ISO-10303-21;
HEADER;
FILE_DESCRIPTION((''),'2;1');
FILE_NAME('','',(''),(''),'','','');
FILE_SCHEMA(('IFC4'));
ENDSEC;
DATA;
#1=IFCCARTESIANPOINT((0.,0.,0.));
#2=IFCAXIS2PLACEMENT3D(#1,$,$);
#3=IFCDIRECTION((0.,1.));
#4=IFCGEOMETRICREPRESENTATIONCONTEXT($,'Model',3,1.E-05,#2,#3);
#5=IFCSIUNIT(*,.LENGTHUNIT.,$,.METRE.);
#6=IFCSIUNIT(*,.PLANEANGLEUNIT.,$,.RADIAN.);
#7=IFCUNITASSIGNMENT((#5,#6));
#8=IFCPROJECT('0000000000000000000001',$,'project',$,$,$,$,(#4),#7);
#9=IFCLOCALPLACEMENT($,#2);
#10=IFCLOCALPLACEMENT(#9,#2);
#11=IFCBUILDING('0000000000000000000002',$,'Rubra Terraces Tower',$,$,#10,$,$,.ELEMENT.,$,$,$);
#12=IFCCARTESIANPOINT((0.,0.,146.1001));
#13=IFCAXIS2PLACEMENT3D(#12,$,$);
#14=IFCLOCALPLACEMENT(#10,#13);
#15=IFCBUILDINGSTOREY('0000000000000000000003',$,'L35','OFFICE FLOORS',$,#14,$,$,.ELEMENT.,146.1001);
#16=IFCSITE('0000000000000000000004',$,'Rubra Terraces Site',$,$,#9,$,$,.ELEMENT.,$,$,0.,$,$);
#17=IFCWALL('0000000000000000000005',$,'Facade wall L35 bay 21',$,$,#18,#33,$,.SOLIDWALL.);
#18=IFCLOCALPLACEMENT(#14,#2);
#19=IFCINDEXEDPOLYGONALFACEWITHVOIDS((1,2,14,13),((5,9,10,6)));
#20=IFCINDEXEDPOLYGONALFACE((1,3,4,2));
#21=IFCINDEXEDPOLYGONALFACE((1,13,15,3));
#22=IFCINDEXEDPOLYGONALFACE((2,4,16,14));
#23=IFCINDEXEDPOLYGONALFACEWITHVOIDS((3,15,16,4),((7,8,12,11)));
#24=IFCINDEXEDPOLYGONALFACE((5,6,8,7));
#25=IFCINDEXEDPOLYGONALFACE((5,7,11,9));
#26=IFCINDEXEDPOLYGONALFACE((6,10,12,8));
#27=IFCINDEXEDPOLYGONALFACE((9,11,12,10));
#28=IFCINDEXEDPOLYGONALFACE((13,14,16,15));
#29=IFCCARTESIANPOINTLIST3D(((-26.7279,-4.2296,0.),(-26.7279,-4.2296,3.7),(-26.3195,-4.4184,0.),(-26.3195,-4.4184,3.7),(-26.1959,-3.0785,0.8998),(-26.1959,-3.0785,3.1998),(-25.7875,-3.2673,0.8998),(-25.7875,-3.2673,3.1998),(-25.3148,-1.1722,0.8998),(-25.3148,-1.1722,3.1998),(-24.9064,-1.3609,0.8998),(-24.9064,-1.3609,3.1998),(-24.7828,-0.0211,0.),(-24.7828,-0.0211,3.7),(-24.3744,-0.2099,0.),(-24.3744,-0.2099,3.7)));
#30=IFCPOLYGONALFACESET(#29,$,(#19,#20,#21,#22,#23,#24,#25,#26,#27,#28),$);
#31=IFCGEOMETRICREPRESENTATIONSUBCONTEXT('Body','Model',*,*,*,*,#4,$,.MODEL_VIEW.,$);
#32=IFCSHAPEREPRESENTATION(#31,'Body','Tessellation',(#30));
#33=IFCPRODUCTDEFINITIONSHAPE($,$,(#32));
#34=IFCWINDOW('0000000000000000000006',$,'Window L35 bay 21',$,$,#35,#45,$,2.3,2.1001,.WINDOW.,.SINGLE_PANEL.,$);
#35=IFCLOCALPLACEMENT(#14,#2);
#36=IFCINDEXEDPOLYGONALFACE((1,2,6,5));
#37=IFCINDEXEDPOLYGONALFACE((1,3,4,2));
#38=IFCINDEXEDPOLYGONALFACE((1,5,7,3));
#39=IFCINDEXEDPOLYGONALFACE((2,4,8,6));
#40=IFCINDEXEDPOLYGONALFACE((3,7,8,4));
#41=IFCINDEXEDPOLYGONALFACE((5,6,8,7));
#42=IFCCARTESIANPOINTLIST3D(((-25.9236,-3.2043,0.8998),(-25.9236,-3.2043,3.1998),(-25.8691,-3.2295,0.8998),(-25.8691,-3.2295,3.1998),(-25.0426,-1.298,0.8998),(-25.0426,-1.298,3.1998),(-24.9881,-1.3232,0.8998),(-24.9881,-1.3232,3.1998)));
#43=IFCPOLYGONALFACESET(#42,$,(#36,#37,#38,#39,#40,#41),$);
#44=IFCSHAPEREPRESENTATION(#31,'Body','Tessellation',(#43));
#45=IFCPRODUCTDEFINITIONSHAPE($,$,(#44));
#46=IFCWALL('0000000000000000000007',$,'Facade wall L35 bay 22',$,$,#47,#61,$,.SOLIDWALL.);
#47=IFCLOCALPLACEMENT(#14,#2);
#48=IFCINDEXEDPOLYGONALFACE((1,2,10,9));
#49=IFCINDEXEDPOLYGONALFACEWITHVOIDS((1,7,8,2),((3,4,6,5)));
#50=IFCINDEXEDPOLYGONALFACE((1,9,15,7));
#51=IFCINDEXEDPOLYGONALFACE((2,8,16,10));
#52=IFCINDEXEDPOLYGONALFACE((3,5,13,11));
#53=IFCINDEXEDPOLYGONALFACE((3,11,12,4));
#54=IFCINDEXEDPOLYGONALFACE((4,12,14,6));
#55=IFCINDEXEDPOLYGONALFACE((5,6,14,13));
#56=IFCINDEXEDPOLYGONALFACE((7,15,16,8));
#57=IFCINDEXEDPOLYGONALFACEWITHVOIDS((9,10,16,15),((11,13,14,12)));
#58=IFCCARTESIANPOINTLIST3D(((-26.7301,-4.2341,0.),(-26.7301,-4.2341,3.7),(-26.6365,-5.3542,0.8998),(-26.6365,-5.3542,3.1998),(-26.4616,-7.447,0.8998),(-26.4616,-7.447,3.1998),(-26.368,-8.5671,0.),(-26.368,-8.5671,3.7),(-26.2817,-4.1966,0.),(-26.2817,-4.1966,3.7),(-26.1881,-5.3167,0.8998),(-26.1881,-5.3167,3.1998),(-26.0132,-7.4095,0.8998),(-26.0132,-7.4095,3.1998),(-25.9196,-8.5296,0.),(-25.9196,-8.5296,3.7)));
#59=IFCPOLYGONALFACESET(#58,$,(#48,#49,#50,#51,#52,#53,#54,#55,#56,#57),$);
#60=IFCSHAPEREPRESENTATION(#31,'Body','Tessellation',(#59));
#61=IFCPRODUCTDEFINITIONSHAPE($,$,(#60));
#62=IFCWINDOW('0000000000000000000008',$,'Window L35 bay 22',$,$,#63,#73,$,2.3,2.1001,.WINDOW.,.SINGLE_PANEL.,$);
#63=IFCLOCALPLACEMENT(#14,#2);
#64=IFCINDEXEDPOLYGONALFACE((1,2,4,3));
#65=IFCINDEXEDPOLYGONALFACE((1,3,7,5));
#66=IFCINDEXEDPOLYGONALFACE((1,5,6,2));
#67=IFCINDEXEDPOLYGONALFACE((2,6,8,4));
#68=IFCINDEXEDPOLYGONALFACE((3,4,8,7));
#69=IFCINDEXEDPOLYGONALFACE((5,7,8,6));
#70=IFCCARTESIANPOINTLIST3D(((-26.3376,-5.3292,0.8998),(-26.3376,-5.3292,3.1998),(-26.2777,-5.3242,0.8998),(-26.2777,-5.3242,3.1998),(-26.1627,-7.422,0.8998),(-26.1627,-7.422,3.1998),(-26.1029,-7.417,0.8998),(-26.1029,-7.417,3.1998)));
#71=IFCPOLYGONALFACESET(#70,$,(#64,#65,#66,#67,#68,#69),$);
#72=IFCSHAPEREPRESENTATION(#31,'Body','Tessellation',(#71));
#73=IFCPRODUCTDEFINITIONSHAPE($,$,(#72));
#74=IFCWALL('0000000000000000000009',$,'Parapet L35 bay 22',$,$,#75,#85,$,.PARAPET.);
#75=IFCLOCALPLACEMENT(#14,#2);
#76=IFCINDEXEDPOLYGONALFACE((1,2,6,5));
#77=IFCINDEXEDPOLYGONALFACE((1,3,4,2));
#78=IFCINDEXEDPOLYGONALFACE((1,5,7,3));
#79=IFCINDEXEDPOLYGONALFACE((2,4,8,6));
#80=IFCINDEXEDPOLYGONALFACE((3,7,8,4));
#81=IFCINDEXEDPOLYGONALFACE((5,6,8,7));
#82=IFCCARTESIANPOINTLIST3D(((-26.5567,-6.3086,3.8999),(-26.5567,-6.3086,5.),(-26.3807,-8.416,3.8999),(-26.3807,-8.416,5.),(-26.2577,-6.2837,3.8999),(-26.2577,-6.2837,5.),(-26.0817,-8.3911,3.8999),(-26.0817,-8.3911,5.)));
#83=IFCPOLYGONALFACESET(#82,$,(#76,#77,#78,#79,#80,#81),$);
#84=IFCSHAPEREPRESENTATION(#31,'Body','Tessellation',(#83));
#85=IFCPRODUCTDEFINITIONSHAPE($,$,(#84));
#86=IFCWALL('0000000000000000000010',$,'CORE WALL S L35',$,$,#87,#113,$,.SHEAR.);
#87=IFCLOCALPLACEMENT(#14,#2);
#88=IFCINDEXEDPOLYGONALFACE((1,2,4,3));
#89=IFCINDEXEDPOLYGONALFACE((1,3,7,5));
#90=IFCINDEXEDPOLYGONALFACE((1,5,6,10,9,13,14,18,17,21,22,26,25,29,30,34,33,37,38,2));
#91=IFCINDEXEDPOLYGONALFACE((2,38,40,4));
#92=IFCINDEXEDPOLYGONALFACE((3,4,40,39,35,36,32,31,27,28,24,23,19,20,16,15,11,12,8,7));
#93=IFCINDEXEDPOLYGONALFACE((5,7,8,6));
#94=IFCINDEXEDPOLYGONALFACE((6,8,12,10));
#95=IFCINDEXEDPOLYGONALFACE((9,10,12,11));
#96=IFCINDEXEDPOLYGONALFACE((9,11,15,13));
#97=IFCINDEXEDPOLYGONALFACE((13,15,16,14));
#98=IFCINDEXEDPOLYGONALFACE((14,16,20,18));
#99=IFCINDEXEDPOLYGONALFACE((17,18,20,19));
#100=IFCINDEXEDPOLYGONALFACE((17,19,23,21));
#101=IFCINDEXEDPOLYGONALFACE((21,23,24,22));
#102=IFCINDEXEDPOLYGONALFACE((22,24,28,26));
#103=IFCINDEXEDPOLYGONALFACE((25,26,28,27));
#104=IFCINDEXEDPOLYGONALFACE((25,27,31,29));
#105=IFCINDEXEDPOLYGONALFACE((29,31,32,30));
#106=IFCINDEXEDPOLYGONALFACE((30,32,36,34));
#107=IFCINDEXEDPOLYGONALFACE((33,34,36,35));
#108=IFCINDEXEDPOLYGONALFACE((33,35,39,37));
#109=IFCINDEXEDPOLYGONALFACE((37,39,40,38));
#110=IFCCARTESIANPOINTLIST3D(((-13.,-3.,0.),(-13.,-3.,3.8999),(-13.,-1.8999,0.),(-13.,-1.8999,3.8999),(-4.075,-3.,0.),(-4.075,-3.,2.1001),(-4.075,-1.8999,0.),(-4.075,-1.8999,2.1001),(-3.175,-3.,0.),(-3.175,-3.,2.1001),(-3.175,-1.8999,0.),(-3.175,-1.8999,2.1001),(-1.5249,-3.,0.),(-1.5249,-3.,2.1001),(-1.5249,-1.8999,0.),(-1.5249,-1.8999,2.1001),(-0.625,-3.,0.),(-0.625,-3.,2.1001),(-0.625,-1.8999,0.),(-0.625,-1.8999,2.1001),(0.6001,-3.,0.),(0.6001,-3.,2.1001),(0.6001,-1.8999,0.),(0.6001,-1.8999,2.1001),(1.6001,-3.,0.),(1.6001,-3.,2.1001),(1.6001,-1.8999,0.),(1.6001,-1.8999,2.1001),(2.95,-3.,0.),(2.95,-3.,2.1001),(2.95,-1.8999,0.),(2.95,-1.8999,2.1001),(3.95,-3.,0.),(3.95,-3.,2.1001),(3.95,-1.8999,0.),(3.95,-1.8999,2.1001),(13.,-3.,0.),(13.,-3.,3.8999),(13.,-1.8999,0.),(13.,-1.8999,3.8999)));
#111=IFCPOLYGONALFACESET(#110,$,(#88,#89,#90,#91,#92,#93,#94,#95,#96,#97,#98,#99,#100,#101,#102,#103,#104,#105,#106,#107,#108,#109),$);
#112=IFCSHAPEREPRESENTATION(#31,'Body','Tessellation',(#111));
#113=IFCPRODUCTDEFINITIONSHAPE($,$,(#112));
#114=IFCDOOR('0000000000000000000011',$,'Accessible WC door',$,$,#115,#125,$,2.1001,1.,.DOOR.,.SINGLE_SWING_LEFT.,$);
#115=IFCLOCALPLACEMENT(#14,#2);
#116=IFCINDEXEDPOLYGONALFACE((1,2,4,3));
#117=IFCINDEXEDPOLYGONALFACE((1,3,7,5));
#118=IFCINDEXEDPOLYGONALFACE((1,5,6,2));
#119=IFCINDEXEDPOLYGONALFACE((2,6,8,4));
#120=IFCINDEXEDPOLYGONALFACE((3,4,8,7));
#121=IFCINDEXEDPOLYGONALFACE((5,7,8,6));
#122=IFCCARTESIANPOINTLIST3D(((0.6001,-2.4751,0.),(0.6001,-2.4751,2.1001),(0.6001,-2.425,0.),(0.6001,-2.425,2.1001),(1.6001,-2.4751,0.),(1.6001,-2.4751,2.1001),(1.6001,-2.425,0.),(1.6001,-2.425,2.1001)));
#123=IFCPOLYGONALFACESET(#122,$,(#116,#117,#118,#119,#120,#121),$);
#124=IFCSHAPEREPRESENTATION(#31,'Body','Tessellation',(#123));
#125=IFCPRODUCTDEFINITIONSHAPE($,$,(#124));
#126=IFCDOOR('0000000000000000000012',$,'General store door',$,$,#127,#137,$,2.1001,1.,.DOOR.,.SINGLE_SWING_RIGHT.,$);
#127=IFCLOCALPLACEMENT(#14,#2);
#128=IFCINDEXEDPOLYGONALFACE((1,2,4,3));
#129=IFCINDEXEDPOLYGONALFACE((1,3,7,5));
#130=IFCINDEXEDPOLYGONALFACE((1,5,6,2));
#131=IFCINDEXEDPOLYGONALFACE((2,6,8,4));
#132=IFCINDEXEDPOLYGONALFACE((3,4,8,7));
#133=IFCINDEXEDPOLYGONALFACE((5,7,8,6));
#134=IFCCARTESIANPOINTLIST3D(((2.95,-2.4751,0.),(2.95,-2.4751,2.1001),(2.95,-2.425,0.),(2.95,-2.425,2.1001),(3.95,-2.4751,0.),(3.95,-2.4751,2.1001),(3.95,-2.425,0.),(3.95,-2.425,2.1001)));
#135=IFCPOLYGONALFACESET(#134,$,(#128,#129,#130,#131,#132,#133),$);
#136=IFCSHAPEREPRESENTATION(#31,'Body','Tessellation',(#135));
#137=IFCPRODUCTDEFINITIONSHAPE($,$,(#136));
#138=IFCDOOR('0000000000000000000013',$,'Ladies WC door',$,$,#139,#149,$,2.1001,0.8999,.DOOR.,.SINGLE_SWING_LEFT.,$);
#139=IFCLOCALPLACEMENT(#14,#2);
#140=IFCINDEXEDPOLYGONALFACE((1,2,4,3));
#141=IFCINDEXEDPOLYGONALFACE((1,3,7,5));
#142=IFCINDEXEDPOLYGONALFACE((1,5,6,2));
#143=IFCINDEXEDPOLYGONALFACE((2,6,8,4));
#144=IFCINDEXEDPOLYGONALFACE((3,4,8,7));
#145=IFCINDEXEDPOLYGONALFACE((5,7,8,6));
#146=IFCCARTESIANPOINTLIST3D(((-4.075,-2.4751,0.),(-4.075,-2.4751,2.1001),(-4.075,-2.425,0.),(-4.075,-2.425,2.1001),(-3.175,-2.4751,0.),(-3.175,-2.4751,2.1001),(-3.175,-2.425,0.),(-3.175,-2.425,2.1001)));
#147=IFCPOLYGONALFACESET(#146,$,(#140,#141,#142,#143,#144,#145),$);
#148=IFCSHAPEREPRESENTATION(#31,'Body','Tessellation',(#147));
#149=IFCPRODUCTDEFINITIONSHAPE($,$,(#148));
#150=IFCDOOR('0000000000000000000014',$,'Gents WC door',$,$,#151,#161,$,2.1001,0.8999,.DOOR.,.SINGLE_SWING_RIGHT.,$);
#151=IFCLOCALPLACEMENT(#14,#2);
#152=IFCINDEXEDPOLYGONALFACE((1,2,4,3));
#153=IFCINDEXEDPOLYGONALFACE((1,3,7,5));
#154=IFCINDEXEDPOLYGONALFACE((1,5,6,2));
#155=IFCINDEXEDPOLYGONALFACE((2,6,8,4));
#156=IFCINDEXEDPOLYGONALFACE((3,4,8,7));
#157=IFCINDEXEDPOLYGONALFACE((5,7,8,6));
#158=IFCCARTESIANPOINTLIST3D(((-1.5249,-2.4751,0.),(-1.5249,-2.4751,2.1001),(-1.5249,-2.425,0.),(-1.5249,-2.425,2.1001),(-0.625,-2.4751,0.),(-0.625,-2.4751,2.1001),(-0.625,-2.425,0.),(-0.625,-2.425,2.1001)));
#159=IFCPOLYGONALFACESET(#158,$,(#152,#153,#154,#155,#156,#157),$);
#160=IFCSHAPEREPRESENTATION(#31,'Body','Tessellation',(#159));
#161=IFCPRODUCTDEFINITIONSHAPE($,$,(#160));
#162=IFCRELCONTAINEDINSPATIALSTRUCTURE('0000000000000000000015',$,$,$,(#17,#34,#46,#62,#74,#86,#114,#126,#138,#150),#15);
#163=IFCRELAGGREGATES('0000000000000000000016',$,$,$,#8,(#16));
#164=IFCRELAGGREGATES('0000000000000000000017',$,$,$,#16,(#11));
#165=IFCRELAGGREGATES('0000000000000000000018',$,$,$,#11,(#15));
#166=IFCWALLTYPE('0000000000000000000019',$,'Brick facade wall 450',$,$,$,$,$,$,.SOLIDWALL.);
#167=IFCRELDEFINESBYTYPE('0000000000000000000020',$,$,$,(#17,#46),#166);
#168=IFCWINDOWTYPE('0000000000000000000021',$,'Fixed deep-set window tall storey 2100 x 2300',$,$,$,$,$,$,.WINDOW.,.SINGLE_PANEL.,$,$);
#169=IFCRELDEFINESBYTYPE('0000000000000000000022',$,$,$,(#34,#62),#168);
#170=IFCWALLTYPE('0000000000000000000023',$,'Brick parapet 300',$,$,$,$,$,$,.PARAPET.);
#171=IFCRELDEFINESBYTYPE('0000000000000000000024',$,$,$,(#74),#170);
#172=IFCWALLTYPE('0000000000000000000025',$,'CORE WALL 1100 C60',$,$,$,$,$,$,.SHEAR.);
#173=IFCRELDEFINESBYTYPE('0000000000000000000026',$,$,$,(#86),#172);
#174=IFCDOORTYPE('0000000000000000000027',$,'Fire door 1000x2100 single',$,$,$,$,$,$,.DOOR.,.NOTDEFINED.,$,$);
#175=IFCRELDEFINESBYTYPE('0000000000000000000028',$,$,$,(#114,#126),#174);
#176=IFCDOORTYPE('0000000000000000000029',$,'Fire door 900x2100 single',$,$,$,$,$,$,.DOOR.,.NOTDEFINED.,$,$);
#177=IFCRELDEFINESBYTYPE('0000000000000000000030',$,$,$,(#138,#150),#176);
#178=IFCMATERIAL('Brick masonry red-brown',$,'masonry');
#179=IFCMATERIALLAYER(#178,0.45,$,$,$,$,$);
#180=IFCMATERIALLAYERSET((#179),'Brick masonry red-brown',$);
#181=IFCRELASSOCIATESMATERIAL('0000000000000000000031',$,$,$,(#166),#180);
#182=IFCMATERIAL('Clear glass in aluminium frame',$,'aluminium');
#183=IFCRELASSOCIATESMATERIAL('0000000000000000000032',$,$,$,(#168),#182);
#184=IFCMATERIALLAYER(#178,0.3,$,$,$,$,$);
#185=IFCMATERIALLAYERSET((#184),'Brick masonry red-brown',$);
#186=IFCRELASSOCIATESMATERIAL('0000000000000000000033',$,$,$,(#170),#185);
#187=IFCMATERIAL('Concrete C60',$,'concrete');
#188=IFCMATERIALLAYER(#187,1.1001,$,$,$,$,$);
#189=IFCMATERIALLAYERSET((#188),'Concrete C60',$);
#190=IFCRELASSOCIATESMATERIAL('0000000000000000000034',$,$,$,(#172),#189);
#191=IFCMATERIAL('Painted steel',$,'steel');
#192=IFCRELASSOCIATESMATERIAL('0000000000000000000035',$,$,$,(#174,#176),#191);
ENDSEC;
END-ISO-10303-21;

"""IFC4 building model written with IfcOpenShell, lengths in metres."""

from ifc_helpers import new_model, si_unit, direction, frame, frame_2d, origin, place, context, subcontext, project, spatial, rectangle, extrude, material, layer, layer_set, type_object, element, fill, save


model = new_model("IFC4")

# Units and contexts
model_context = context("Model", 3, precision=1e-05, world=origin(), true_north=direction((0.0, 1.0)))
body_context = subcontext(model_context, "Body", "Model", "MODEL_VIEW")
ifc_project = project(units=[si_unit("LENGTHUNIT", "METRE"), si_unit("PLANEANGLEUNIT", "RADIAN")], contexts=[model_context])

# Site, building, storey
site_placement = place(None, origin())
site = spatial("IfcSite", under=ifc_project, at=site_placement, Name="Rubra Terraces Site", CompositionType="ELEMENT", RefElevation=0.0)
building_placement = place(site_placement, origin())
building = spatial("IfcBuilding", under=site, at=building_placement, Name="Rubra Terraces Tower", CompositionType="ELEMENT")
storey_placement = place(building_placement, frame((0.0, 0.0, 146.1001)))
storey = spatial("IfcBuildingStorey", under=building, at=storey_placement, Name="L35", Description="OFFICE FLOORS", CompositionType="ELEMENT", Elevation=146.1001)

# Walls, openings, windows
ifc_material_1 = material(Name="Brick masonry red-brown", Category="masonry")
ifc_layer_1 = layer(ifc_material_1, 0.45)
ifc_layer_set_1 = layer_set([ifc_layer_1], Name="Brick masonry red-brown")
wall_type_1 = type_object("IfcWallType", Name="Brick facade wall 450", PredefinedType="SOLIDWALL", material=ifc_layer_set_1)
wall_1_placement = place(storey_placement, frame((-24.5786, -0.1155, 0.0), z_axis=(0.0, 0.0, 1.0), x_axis=(-0.419536, -0.907739, 0.0)))
wall_1 = element("IfcWall", 1, at=wall_1_placement, inside=storey, type_object=wall_type_1, Name="Facade wall L35 bay 21", PredefinedType="SOLIDWALL", context=body_context, shape_type="SweptSolid", body=[
    extrude(rectangle(XDim=4.6362, YDim=0.45, at=frame_2d((2.3181, 0.0))), origin(), (0.0, 0.0, 1.0), 3.7),
])
opening_1_placement = place(wall_1_placement, frame((1.2681, 0.0, 0.8999)))
opening_1 = element("IfcOpeningElement", 2, at=opening_1_placement, cuts=wall_1, PredefinedType="OPENING", context=body_context, shape_type="SweptSolid", body=[
    extrude(rectangle(XDim=2.1001, YDim=2.3, at=frame_2d((1.05, 1.1499))), frame((0.0, 0.2349, 0.0), z_axis=(0.0, -1.0, 0.0), x_axis=(1.0, 0.0, 0.0)), (0.0, 0.0, 1.0), 0.47),
])
ifc_material_2 = material(Name="Clear glass in aluminium frame", Category="aluminium")
window_type = type_object("IfcWindowType", Name="Fixed deep-set window tall storey 2100 x 2300", PartitioningType="SINGLE_PANEL", PredefinedType="WINDOW", material=ifc_material_2)
window_1_placement = place(opening_1_placement, origin())
window_1 = element("IfcWindow", 3, at=window_1_placement, inside=storey, type_object=window_type, Name="Window L35 bay 21", OverallHeight=2.3, OverallWidth=2.1001, PartitioningType="SINGLE_PANEL", PredefinedType="WINDOW", context=body_context, shape_type="SweptSolid", body=[
    extrude(rectangle(XDim=2.1001, YDim=2.3, at=frame_2d((1.05, 1.1499))), frame((0.0, 0.135, 0.0), z_axis=(0.0, -1.0, 0.0), x_axis=(1.0, 0.0, 0.0)), (0.0, 0.0, 1.0), 0.0601),
])
fill(opening_1, window_1)
wall_2_placement = place(storey_placement, frame((-26.5059, -4.2153, 0.0), z_axis=(0.0, 0.0, 1.0), x_axis=(0.083269, -0.996527, 0.0)))
wall_2 = element("IfcWall", 4, at=wall_2_placement, inside=storey, type_object=wall_type_1, Name="Facade wall L35 bay 22", PredefinedType="SOLIDWALL", context=body_context, shape_type="SweptSolid", body=[
    extrude(rectangle(XDim=4.3481, YDim=0.45, at=frame_2d((2.1741, 0.0))), origin(), (0.0, 0.0, 1.0), 3.7),
])
opening_2_placement = place(wall_2_placement, frame((1.124, 0.0, 0.8999)))
opening_2 = element("IfcOpeningElement", 5, at=opening_2_placement, cuts=wall_2, PredefinedType="OPENING", context=body_context, shape_type="SweptSolid", body=[
    extrude(rectangle(XDim=2.1001, YDim=2.3, at=frame_2d((1.05, 1.1499))), frame((0.0, 0.2349, 0.0), z_axis=(0.0, -1.0, 0.0), x_axis=(1.0, 0.0, 0.0)), (0.0, 0.0, 1.0), 0.47),
])
window_2_placement = place(opening_2_placement, origin())
window_2 = element("IfcWindow", 6, at=window_2_placement, inside=storey, type_object=window_type, Name="Window L35 bay 22", OverallHeight=2.3, OverallWidth=2.1001, PartitioningType="SINGLE_PANEL", PredefinedType="WINDOW", context=body_context, shape_type="SweptSolid", body=[
    extrude(rectangle(XDim=2.1001, YDim=2.3, at=frame_2d((1.05, 1.1499))), frame((0.0, 0.135, 0.0), z_axis=(0.0, -1.0, 0.0), x_axis=(1.0, 0.0, 0.0)), (0.0, 0.0, 1.0), 0.0601),
])
fill(opening_2, window_2)

# Wall
ifc_layer_2 = layer(ifc_material_1, 0.3)
ifc_layer_set_2 = layer_set([ifc_layer_2], Name="Brick masonry red-brown")
wall_type_2 = type_object("IfcWallType", Name="Brick parapet 300", PredefinedType="PARAPET", material=ifc_layer_set_2)
wall_3_placement = place(storey_placement, frame((-26.4072, -6.2961, 3.8999), z_axis=(0.0, 0.0, 1.0), x_axis=(0.083237, -0.99653, 0.0)))
element("IfcWall", 7, at=wall_3_placement, inside=storey, type_object=wall_type_2, Name="Parapet L35 bay 22", PredefinedType="PARAPET", context=body_context, shape_type="SweptSolid", body=[
    extrude(rectangle(XDim=2.1147, YDim=0.3, at=frame_2d((1.0574, 0.0))), origin(), (0.0, 0.0, 1.0), 1.1001),
])

# Wall, openings, doors
ifc_material_3 = material(Name="Concrete C60", Category="concrete")
ifc_layer_3 = layer(ifc_material_3, 1.1001)
ifc_layer_set_3 = layer_set([ifc_layer_3], Name="Concrete C60")
wall_type_3 = type_object("IfcWallType", Name="CORE WALL 1100 C60", PredefinedType="SHEAR", material=ifc_layer_set_3)
wall_4_placement = place(storey_placement, frame((-13.0, -2.45, 0.0), z_axis=(0.0, 0.0, 1.0), x_axis=(1.0, 0.0, 0.0)))
wall_4 = element("IfcWall", 8, at=wall_4_placement, inside=storey, type_object=wall_type_3, Name="CORE WALL S L35", PredefinedType="SHEAR", context=body_context, shape_type="SweptSolid", body=[
    extrude(rectangle(XDim=26.0, YDim=1.1001, at=frame_2d((13.0, 0.0))), origin(), (0.0, 0.0, 1.0), 3.8999),
])
opening_3_placement = place(wall_4_placement, frame((8.925, 0.0, 0.0)))
opening_3 = element("IfcOpeningElement", 9, at=opening_3_placement, cuts=wall_4, PredefinedType="OPENING", context=body_context, shape_type="SweptSolid", body=[
    extrude(rectangle(XDim=0.8999, YDim=2.1001, at=frame_2d((0.45, 1.05))), frame((0.0, 0.5601, 0.0), z_axis=(0.0, -1.0, 0.0), x_axis=(1.0, 0.0, 0.0)), (0.0, 0.0, 1.0), 1.1201),
])
opening_4_placement = place(wall_4_placement, frame((11.4751, 0.0, 0.0)))
opening_4 = element("IfcOpeningElement", 10, at=opening_4_placement, cuts=wall_4, PredefinedType="OPENING", context=body_context, shape_type="SweptSolid", body=[
    extrude(rectangle(XDim=0.8999, YDim=2.1001, at=frame_2d((0.45, 1.05))), frame((0.0, 0.5601, 0.0), z_axis=(0.0, -1.0, 0.0), x_axis=(1.0, 0.0, 0.0)), (0.0, 0.0, 1.0), 1.1201),
])
opening_5_placement = place(wall_4_placement, frame((13.6001, 0.0, 0.0)))
opening_5 = element("IfcOpeningElement", 11, at=opening_5_placement, cuts=wall_4, PredefinedType="OPENING", context=body_context, shape_type="SweptSolid", body=[
    extrude(rectangle(XDim=1.0, YDim=2.1001, at=frame_2d((0.5, 1.05))), frame((0.0, 0.5601, 0.0), z_axis=(0.0, -1.0, 0.0), x_axis=(1.0, 0.0, 0.0)), (0.0, 0.0, 1.0), 1.1201),
])
opening_6_placement = place(wall_4_placement, frame((15.95, 0.0, 0.0)))
opening_6 = element("IfcOpeningElement", 12, at=opening_6_placement, cuts=wall_4, PredefinedType="OPENING", context=body_context, shape_type="SweptSolid", body=[
    extrude(rectangle(XDim=1.0, YDim=2.1001, at=frame_2d((0.5, 1.05))), frame((0.0, 0.5601, 0.0), z_axis=(0.0, -1.0, 0.0), x_axis=(1.0, 0.0, 0.0)), (0.0, 0.0, 1.0), 1.1201),
])
ifc_material_4 = material(Name="Painted steel", Category="steel")
door_type_1 = type_object("IfcDoorType", Name="Fire door 1000x2100 single", OperationType="NOTDEFINED", PredefinedType="DOOR", material=ifc_material_4)
door_1_placement = place(opening_5_placement, origin())
door_1 = element("IfcDoor", 13, at=door_1_placement, inside=storey, type_object=door_type_1, Name="Accessible WC door", OperationType="SINGLE_SWING_LEFT", OverallHeight=2.1001, OverallWidth=1.0, PredefinedType="DOOR", context=body_context, shape_type="SweptSolid", body=[
    extrude(rectangle(XDim=1.0, YDim=2.1001, at=frame_2d((0.5, 1.05))), frame((0.0, 0.0249, 0.0), z_axis=(0.0, -1.0, 0.0), x_axis=(1.0, 0.0, 0.0)), (0.0, 0.0, 1.0), 0.05),
])
fill(opening_5, door_1)
door_2_placement = place(opening_6_placement, origin())
door_2 = element("IfcDoor", 14, at=door_2_placement, inside=storey, type_object=door_type_1, Name="General store door", OperationType="SINGLE_SWING_RIGHT", OverallHeight=2.1001, OverallWidth=1.0, PredefinedType="DOOR", context=body_context, shape_type="SweptSolid", body=[
    extrude(rectangle(XDim=1.0, YDim=2.1001, at=frame_2d((0.5, 1.05))), frame((0.0, 0.0249, 0.0), z_axis=(0.0, -1.0, 0.0), x_axis=(1.0, 0.0, 0.0)), (0.0, 0.0, 1.0), 0.05),
])
fill(opening_6, door_2)
door_type_2 = type_object("IfcDoorType", Name="Fire door 900x2100 single", OperationType="NOTDEFINED", PredefinedType="DOOR", material=ifc_material_4)
door_3_placement = place(opening_3_placement, origin())
door_3 = element("IfcDoor", 15, at=door_3_placement, inside=storey, type_object=door_type_2, Name="Ladies WC door", OperationType="SINGLE_SWING_LEFT", OverallHeight=2.1001, OverallWidth=0.8999, PredefinedType="DOOR", context=body_context, shape_type="SweptSolid", body=[
    extrude(rectangle(XDim=0.8999, YDim=2.1001, at=frame_2d((0.45, 1.05))), frame((0.0, 0.0249, 0.0), z_axis=(0.0, -1.0, 0.0), x_axis=(1.0, 0.0, 0.0)), (0.0, 0.0, 1.0), 0.05),
])
fill(opening_3, door_3)
door_4_placement = place(opening_4_placement, origin())
door_4 = element("IfcDoor", 16, at=door_4_placement, inside=storey, type_object=door_type_2, Name="Gents WC door", OperationType="SINGLE_SWING_RIGHT", OverallHeight=2.1001, OverallWidth=0.8999, PredefinedType="DOOR", context=body_context, shape_type="SweptSolid", body=[
    extrude(rectangle(XDim=0.8999, YDim=2.1001, at=frame_2d((0.45, 1.05))), frame((0.0, 0.0249, 0.0), z_axis=(0.0, -1.0, 0.0), x_axis=(1.0, 0.0, 0.0)), (0.0, 0.0, 1.0), 0.05),
])
fill(opening_4, door_4)

save(model, "model.ifc")
